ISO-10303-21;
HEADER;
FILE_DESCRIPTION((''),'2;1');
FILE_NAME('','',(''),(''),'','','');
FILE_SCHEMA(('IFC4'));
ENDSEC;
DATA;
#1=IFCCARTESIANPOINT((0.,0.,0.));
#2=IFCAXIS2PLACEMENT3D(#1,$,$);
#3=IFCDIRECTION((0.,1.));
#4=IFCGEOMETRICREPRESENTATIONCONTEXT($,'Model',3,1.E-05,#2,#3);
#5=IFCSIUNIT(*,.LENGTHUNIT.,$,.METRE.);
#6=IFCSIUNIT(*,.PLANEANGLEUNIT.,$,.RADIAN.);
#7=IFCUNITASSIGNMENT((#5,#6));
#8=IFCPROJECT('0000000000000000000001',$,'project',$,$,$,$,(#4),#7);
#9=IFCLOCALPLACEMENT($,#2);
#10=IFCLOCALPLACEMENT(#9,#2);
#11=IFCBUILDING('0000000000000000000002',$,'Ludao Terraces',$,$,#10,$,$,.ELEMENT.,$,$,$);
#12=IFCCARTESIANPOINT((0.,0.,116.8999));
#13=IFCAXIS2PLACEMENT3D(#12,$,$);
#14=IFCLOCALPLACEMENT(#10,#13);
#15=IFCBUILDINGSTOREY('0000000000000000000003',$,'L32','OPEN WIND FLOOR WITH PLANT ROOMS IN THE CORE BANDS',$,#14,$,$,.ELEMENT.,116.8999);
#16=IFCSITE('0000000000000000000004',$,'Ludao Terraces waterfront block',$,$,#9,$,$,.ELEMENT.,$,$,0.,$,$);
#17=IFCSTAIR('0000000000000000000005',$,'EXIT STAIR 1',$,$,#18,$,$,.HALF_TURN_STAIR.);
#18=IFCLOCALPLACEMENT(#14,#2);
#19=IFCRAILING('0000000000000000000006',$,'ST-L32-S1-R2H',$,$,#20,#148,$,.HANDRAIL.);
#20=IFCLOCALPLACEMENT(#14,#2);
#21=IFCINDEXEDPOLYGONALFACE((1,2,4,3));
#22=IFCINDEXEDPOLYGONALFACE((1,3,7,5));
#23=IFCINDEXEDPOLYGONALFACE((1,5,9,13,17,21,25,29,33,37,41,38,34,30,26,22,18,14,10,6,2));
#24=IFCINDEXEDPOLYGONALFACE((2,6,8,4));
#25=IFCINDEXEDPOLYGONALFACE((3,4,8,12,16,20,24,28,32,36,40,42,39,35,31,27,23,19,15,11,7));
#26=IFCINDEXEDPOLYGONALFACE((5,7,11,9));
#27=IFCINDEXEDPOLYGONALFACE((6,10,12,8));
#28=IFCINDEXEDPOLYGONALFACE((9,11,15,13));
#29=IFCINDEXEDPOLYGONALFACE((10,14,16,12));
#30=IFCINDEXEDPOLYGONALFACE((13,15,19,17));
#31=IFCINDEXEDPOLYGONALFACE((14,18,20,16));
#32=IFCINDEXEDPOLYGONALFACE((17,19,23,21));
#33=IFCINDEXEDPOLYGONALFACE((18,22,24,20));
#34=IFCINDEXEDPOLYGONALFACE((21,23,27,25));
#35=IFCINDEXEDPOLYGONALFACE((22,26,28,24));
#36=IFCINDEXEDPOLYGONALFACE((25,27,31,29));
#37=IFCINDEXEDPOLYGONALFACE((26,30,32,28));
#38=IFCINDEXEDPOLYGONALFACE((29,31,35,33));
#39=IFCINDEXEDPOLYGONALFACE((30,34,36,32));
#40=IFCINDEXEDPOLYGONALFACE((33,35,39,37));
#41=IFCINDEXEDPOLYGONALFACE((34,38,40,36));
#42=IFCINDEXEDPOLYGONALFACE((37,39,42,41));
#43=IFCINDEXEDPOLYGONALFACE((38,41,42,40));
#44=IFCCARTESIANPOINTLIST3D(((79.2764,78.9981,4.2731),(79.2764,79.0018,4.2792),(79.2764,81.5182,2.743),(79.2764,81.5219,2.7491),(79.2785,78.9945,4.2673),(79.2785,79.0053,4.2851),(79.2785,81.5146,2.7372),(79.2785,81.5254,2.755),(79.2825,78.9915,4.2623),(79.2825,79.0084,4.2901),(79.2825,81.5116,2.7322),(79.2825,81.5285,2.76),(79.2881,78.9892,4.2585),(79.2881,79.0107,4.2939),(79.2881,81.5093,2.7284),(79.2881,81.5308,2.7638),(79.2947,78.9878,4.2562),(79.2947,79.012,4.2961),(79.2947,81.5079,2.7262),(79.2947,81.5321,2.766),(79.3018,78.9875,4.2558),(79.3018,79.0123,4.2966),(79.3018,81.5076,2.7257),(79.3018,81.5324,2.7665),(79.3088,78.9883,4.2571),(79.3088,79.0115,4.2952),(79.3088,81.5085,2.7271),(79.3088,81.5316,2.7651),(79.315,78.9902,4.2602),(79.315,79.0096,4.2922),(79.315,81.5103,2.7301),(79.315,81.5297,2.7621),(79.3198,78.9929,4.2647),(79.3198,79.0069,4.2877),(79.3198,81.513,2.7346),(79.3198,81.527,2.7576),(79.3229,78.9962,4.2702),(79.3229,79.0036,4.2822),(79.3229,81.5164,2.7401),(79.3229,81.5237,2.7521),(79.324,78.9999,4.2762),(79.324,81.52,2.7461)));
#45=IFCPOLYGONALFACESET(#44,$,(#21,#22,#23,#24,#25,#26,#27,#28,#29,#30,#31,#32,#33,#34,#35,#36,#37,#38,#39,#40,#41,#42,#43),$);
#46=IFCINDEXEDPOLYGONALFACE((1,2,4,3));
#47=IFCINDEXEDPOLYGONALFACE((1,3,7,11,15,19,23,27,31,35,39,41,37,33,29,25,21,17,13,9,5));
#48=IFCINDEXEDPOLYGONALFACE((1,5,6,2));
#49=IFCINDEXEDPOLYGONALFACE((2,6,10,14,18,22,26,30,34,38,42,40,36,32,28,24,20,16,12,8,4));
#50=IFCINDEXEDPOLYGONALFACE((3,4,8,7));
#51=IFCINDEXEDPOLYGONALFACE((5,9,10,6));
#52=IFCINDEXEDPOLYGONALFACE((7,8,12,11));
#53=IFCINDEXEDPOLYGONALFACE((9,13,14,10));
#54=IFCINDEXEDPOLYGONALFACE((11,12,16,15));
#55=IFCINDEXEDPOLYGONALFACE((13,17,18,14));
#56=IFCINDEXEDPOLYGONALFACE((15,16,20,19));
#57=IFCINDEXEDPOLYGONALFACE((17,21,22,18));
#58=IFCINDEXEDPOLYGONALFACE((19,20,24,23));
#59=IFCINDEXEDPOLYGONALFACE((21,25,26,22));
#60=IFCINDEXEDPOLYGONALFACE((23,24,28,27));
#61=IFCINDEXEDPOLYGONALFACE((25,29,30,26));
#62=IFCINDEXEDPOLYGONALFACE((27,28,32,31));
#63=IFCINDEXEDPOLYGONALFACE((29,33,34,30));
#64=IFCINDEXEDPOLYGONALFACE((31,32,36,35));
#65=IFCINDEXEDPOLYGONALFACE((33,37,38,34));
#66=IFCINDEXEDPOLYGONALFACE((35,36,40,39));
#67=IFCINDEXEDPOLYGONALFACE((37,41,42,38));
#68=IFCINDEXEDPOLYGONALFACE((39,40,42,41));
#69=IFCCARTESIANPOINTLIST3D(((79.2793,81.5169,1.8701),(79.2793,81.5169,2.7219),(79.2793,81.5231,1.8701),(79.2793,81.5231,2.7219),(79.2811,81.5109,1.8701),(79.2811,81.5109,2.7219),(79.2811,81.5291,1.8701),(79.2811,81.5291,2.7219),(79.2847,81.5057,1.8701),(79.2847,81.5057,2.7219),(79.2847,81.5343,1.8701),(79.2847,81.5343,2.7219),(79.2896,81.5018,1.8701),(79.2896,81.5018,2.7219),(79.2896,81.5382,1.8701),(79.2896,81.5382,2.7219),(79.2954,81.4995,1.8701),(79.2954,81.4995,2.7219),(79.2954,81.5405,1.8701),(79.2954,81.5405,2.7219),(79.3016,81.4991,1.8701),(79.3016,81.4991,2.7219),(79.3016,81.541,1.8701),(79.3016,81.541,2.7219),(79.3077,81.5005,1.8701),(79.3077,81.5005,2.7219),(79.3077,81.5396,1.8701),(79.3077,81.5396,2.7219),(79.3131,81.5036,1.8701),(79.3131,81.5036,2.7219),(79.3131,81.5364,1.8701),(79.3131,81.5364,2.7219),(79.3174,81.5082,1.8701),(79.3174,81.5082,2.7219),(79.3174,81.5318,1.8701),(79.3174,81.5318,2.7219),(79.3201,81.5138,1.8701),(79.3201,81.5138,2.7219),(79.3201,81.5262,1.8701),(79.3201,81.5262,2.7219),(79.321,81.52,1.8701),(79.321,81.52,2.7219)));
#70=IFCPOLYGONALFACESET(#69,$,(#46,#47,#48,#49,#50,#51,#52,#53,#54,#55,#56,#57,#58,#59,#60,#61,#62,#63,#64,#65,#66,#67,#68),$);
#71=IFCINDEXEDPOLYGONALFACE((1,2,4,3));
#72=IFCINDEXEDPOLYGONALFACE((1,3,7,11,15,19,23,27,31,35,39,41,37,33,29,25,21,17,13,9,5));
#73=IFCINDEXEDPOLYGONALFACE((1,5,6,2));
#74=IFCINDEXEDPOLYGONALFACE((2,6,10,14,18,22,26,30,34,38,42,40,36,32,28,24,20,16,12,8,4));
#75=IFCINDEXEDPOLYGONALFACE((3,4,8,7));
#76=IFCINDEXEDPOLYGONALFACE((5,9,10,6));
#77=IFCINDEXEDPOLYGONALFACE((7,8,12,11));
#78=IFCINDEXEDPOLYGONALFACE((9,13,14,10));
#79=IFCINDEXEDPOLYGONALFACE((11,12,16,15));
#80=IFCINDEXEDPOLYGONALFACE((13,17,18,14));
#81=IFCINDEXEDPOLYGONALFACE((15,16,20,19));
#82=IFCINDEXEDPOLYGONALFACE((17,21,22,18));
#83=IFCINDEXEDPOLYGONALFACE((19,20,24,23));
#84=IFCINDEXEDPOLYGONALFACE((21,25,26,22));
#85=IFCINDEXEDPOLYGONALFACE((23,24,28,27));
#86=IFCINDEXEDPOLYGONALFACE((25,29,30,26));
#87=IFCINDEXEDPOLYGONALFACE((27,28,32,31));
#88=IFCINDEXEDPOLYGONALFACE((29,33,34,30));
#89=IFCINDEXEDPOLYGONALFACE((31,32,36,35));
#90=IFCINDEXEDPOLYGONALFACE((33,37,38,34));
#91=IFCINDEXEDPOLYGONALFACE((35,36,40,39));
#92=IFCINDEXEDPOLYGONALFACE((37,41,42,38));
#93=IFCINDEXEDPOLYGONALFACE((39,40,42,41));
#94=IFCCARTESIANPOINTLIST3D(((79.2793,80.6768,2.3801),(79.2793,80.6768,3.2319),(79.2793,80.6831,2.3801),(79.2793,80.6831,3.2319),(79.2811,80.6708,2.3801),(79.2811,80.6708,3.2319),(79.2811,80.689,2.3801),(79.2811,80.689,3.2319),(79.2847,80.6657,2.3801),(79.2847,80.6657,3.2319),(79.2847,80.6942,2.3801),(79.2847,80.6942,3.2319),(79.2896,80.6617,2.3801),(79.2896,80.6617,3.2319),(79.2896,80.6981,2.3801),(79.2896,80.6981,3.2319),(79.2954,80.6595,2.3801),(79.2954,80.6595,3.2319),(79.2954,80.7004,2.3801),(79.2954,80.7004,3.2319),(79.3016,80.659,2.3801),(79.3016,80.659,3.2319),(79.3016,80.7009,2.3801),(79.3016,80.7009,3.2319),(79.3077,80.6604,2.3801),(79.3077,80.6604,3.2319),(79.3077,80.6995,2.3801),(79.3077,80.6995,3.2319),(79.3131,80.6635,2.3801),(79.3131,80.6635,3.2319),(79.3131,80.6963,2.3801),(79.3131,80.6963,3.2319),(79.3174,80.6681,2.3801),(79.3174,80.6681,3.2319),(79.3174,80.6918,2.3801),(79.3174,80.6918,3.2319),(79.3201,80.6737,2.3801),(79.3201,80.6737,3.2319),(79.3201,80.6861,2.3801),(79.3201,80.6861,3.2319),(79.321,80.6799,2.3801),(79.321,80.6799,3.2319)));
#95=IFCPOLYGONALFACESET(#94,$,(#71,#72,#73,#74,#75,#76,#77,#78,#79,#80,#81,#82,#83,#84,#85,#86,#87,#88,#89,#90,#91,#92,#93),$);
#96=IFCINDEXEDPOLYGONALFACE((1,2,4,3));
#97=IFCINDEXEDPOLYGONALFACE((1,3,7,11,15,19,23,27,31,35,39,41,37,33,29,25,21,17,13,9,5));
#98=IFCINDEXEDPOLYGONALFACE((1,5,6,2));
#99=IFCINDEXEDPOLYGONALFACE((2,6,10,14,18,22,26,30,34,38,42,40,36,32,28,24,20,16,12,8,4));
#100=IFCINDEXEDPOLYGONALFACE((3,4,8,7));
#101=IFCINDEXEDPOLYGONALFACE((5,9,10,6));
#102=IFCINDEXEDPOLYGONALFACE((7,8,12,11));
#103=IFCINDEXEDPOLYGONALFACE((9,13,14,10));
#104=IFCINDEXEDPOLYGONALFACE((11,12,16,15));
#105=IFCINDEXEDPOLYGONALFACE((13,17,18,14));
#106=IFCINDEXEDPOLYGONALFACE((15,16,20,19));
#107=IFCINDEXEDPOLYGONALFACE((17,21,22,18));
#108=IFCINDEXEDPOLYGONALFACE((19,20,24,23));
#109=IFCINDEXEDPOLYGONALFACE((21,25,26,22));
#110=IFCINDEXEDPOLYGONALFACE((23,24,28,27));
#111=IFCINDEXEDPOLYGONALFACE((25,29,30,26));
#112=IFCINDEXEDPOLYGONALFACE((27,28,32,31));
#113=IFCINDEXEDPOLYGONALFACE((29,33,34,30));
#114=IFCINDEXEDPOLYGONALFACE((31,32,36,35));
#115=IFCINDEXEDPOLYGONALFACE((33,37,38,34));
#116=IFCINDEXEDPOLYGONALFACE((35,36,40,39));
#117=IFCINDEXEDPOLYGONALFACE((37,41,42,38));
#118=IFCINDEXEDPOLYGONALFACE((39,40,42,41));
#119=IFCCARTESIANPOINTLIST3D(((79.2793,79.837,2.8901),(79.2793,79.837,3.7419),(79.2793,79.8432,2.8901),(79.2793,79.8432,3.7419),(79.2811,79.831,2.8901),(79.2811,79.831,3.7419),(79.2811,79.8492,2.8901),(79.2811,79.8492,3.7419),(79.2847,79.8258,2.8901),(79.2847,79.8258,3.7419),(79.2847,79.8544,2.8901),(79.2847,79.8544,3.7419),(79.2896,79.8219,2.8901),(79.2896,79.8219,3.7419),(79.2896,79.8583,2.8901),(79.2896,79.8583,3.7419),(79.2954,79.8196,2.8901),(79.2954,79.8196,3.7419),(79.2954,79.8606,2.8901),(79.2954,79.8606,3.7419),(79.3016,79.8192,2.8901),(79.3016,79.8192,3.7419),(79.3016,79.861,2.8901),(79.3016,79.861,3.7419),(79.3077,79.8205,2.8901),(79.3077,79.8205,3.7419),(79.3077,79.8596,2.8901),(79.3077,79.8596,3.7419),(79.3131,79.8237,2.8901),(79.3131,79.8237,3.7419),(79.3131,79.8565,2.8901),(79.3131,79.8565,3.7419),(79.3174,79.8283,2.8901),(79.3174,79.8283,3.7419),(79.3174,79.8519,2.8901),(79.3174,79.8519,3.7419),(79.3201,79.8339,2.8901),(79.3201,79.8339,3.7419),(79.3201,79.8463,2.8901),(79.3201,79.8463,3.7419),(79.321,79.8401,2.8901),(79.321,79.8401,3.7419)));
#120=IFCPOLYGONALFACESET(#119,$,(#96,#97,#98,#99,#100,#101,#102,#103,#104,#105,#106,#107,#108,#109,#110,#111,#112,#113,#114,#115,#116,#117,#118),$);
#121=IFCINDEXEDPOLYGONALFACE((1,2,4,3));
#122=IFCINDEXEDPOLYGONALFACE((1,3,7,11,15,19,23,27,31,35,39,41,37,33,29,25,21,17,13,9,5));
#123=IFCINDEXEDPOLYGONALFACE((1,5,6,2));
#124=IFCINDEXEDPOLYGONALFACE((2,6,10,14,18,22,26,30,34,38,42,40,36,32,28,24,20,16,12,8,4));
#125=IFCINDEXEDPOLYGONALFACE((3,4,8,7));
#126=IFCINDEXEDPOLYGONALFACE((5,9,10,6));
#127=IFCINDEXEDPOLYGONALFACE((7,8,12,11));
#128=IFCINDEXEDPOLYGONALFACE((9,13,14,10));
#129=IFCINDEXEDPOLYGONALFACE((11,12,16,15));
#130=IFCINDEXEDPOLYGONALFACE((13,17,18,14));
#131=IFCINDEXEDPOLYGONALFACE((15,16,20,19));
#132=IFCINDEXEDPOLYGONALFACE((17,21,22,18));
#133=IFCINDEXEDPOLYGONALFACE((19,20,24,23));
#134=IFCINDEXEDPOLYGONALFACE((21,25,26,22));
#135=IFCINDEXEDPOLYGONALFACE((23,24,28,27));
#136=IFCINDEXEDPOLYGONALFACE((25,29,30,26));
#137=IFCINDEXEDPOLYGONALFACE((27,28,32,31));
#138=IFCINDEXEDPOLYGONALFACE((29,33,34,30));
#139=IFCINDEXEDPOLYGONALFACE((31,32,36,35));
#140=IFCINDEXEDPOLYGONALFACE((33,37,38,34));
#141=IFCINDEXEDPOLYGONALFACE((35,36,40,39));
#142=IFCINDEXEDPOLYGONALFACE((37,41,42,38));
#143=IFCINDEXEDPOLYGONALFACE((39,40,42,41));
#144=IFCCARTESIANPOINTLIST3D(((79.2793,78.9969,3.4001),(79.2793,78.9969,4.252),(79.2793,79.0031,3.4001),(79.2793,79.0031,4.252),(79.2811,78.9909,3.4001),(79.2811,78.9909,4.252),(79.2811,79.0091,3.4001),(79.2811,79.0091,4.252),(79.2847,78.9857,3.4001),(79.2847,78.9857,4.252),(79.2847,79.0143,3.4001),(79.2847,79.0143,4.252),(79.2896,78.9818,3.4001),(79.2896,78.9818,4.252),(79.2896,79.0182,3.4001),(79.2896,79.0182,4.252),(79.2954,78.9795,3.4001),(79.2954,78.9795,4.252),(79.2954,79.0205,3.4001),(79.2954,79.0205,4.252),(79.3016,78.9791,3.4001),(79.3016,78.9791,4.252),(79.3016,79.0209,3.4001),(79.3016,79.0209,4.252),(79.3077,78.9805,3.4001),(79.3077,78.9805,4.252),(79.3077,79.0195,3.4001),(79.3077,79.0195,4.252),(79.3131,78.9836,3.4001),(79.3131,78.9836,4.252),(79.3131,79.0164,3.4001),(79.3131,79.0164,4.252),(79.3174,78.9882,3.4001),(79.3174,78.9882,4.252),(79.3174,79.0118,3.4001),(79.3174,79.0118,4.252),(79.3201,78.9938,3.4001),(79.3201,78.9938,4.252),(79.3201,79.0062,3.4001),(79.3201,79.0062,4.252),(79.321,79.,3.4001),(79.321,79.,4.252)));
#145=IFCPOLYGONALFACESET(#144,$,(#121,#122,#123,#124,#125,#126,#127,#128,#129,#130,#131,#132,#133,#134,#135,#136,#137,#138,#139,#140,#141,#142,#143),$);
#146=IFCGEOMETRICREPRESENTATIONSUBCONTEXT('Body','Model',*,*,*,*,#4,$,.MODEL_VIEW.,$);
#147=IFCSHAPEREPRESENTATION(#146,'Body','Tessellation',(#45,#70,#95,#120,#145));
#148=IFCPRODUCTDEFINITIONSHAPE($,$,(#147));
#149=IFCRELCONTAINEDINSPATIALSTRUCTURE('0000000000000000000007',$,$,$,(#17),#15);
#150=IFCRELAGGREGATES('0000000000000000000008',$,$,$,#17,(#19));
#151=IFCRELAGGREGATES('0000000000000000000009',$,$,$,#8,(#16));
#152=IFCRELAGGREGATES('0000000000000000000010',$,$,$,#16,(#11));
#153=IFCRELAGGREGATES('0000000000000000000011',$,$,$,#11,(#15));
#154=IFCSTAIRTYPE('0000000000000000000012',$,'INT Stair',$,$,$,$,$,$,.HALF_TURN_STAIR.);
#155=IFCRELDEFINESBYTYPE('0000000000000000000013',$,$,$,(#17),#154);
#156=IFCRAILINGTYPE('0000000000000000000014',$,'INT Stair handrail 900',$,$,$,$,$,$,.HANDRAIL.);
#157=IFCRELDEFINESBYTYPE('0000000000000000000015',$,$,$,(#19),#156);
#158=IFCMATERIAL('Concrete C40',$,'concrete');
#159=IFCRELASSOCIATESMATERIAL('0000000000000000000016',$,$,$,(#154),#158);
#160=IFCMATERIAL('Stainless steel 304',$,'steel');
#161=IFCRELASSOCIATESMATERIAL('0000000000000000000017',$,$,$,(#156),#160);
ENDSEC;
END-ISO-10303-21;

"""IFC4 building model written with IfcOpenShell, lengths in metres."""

from ifc_helpers import new_model, si_unit, direction, frame, origin, origin_2d, place, context, subcontext, project, spatial, circle, extrude, material, type_object, element, aggregate, save


model = new_model("IFC4")

# Units and contexts
model_context = context("Model", 3, precision=1e-05, world=origin(), true_north=direction((0.0, 1.0)))
body_context = subcontext(model_context, "Body", "Model", "MODEL_VIEW")
ifc_project = project(units=[si_unit("LENGTHUNIT", "METRE"), si_unit("PLANEANGLEUNIT", "RADIAN")], contexts=[model_context])

# Site, building, storey
site_placement = place(None, origin())
site = spatial("IfcSite", under=ifc_project, at=site_placement, Name="Ludao Terraces waterfront block", CompositionType="ELEMENT", RefElevation=0.0)
building_placement = place(site_placement, origin())
building = spatial("IfcBuilding", under=site, at=building_placement, Name="Ludao Terraces", CompositionType="ELEMENT")
storey_placement = place(building_placement, frame((0.0, 0.0, 116.8999)))
storey = spatial("IfcBuildingStorey", under=building, at=storey_placement, Name="L32", Description="OPEN WIND FLOOR WITH PLANT ROOMS IN THE CORE BANDS", CompositionType="ELEMENT", Elevation=116.8999)

# Shared definitions
ifc_material_1 = material(Name="Stainless steel 304", Category="steel")

# Stair, railing
ifc_material_2 = material(Name="Concrete C40", Category="concrete")
stair_type = type_object("IfcStairType", Name="INT Stair", PredefinedType="HALF_TURN_STAIR", material=ifc_material_2)
stair_placement = place(storey_placement, origin())
stair = element("IfcStair", 1, at=stair_placement, inside=storey, type_object=stair_type, Name="EXIT STAIR 1", PredefinedType="HALF_TURN_STAIR")
railing_type_1 = type_object("IfcRailingType", Name="INT Stair handrail 900", PredefinedType="HANDRAIL", material=ifc_material_1)
railing_1_placement = place(storey_placement, frame((79.3, 81.52, 1.8701)))
railing_1 = element("IfcRailing", 2, at=railing_1_placement, type_object=railing_type_1, Name="ST-L32-S1-R2H", PredefinedType="HANDRAIL", context=body_context, shape_type="SweptSolid", body=[
    extrude(circle(Radius=0.0239, at=origin_2d()), frame((0.0, 0.0, 0.876), z_axis=(0.0, -0.854785, 0.518982), x_axis=(1.0, 0.0, 0.0)), (0.0, 0.0, 1.0), 2.9482),
    extrude(circle(Radius=0.021, at=origin_2d()), origin(), (0.0, 0.0, 1.0), 0.8518),
    extrude(circle(Radius=0.021, at=origin_2d()), frame((0.0, -0.8401, 0.51)), (0.0, 0.0, 1.0), 0.8518),
    extrude(circle(Radius=0.021, at=origin_2d()), frame((0.0, -1.6799, 1.02)), (0.0, 0.0, 1.0), 0.8518),
    extrude(circle(Radius=0.021, at=origin_2d()), frame((0.0, -2.52, 1.53)), (0.0, 0.0, 1.0), 0.8518),
])
aggregate(stair, [railing_1])

save(model, "model.ifc")
